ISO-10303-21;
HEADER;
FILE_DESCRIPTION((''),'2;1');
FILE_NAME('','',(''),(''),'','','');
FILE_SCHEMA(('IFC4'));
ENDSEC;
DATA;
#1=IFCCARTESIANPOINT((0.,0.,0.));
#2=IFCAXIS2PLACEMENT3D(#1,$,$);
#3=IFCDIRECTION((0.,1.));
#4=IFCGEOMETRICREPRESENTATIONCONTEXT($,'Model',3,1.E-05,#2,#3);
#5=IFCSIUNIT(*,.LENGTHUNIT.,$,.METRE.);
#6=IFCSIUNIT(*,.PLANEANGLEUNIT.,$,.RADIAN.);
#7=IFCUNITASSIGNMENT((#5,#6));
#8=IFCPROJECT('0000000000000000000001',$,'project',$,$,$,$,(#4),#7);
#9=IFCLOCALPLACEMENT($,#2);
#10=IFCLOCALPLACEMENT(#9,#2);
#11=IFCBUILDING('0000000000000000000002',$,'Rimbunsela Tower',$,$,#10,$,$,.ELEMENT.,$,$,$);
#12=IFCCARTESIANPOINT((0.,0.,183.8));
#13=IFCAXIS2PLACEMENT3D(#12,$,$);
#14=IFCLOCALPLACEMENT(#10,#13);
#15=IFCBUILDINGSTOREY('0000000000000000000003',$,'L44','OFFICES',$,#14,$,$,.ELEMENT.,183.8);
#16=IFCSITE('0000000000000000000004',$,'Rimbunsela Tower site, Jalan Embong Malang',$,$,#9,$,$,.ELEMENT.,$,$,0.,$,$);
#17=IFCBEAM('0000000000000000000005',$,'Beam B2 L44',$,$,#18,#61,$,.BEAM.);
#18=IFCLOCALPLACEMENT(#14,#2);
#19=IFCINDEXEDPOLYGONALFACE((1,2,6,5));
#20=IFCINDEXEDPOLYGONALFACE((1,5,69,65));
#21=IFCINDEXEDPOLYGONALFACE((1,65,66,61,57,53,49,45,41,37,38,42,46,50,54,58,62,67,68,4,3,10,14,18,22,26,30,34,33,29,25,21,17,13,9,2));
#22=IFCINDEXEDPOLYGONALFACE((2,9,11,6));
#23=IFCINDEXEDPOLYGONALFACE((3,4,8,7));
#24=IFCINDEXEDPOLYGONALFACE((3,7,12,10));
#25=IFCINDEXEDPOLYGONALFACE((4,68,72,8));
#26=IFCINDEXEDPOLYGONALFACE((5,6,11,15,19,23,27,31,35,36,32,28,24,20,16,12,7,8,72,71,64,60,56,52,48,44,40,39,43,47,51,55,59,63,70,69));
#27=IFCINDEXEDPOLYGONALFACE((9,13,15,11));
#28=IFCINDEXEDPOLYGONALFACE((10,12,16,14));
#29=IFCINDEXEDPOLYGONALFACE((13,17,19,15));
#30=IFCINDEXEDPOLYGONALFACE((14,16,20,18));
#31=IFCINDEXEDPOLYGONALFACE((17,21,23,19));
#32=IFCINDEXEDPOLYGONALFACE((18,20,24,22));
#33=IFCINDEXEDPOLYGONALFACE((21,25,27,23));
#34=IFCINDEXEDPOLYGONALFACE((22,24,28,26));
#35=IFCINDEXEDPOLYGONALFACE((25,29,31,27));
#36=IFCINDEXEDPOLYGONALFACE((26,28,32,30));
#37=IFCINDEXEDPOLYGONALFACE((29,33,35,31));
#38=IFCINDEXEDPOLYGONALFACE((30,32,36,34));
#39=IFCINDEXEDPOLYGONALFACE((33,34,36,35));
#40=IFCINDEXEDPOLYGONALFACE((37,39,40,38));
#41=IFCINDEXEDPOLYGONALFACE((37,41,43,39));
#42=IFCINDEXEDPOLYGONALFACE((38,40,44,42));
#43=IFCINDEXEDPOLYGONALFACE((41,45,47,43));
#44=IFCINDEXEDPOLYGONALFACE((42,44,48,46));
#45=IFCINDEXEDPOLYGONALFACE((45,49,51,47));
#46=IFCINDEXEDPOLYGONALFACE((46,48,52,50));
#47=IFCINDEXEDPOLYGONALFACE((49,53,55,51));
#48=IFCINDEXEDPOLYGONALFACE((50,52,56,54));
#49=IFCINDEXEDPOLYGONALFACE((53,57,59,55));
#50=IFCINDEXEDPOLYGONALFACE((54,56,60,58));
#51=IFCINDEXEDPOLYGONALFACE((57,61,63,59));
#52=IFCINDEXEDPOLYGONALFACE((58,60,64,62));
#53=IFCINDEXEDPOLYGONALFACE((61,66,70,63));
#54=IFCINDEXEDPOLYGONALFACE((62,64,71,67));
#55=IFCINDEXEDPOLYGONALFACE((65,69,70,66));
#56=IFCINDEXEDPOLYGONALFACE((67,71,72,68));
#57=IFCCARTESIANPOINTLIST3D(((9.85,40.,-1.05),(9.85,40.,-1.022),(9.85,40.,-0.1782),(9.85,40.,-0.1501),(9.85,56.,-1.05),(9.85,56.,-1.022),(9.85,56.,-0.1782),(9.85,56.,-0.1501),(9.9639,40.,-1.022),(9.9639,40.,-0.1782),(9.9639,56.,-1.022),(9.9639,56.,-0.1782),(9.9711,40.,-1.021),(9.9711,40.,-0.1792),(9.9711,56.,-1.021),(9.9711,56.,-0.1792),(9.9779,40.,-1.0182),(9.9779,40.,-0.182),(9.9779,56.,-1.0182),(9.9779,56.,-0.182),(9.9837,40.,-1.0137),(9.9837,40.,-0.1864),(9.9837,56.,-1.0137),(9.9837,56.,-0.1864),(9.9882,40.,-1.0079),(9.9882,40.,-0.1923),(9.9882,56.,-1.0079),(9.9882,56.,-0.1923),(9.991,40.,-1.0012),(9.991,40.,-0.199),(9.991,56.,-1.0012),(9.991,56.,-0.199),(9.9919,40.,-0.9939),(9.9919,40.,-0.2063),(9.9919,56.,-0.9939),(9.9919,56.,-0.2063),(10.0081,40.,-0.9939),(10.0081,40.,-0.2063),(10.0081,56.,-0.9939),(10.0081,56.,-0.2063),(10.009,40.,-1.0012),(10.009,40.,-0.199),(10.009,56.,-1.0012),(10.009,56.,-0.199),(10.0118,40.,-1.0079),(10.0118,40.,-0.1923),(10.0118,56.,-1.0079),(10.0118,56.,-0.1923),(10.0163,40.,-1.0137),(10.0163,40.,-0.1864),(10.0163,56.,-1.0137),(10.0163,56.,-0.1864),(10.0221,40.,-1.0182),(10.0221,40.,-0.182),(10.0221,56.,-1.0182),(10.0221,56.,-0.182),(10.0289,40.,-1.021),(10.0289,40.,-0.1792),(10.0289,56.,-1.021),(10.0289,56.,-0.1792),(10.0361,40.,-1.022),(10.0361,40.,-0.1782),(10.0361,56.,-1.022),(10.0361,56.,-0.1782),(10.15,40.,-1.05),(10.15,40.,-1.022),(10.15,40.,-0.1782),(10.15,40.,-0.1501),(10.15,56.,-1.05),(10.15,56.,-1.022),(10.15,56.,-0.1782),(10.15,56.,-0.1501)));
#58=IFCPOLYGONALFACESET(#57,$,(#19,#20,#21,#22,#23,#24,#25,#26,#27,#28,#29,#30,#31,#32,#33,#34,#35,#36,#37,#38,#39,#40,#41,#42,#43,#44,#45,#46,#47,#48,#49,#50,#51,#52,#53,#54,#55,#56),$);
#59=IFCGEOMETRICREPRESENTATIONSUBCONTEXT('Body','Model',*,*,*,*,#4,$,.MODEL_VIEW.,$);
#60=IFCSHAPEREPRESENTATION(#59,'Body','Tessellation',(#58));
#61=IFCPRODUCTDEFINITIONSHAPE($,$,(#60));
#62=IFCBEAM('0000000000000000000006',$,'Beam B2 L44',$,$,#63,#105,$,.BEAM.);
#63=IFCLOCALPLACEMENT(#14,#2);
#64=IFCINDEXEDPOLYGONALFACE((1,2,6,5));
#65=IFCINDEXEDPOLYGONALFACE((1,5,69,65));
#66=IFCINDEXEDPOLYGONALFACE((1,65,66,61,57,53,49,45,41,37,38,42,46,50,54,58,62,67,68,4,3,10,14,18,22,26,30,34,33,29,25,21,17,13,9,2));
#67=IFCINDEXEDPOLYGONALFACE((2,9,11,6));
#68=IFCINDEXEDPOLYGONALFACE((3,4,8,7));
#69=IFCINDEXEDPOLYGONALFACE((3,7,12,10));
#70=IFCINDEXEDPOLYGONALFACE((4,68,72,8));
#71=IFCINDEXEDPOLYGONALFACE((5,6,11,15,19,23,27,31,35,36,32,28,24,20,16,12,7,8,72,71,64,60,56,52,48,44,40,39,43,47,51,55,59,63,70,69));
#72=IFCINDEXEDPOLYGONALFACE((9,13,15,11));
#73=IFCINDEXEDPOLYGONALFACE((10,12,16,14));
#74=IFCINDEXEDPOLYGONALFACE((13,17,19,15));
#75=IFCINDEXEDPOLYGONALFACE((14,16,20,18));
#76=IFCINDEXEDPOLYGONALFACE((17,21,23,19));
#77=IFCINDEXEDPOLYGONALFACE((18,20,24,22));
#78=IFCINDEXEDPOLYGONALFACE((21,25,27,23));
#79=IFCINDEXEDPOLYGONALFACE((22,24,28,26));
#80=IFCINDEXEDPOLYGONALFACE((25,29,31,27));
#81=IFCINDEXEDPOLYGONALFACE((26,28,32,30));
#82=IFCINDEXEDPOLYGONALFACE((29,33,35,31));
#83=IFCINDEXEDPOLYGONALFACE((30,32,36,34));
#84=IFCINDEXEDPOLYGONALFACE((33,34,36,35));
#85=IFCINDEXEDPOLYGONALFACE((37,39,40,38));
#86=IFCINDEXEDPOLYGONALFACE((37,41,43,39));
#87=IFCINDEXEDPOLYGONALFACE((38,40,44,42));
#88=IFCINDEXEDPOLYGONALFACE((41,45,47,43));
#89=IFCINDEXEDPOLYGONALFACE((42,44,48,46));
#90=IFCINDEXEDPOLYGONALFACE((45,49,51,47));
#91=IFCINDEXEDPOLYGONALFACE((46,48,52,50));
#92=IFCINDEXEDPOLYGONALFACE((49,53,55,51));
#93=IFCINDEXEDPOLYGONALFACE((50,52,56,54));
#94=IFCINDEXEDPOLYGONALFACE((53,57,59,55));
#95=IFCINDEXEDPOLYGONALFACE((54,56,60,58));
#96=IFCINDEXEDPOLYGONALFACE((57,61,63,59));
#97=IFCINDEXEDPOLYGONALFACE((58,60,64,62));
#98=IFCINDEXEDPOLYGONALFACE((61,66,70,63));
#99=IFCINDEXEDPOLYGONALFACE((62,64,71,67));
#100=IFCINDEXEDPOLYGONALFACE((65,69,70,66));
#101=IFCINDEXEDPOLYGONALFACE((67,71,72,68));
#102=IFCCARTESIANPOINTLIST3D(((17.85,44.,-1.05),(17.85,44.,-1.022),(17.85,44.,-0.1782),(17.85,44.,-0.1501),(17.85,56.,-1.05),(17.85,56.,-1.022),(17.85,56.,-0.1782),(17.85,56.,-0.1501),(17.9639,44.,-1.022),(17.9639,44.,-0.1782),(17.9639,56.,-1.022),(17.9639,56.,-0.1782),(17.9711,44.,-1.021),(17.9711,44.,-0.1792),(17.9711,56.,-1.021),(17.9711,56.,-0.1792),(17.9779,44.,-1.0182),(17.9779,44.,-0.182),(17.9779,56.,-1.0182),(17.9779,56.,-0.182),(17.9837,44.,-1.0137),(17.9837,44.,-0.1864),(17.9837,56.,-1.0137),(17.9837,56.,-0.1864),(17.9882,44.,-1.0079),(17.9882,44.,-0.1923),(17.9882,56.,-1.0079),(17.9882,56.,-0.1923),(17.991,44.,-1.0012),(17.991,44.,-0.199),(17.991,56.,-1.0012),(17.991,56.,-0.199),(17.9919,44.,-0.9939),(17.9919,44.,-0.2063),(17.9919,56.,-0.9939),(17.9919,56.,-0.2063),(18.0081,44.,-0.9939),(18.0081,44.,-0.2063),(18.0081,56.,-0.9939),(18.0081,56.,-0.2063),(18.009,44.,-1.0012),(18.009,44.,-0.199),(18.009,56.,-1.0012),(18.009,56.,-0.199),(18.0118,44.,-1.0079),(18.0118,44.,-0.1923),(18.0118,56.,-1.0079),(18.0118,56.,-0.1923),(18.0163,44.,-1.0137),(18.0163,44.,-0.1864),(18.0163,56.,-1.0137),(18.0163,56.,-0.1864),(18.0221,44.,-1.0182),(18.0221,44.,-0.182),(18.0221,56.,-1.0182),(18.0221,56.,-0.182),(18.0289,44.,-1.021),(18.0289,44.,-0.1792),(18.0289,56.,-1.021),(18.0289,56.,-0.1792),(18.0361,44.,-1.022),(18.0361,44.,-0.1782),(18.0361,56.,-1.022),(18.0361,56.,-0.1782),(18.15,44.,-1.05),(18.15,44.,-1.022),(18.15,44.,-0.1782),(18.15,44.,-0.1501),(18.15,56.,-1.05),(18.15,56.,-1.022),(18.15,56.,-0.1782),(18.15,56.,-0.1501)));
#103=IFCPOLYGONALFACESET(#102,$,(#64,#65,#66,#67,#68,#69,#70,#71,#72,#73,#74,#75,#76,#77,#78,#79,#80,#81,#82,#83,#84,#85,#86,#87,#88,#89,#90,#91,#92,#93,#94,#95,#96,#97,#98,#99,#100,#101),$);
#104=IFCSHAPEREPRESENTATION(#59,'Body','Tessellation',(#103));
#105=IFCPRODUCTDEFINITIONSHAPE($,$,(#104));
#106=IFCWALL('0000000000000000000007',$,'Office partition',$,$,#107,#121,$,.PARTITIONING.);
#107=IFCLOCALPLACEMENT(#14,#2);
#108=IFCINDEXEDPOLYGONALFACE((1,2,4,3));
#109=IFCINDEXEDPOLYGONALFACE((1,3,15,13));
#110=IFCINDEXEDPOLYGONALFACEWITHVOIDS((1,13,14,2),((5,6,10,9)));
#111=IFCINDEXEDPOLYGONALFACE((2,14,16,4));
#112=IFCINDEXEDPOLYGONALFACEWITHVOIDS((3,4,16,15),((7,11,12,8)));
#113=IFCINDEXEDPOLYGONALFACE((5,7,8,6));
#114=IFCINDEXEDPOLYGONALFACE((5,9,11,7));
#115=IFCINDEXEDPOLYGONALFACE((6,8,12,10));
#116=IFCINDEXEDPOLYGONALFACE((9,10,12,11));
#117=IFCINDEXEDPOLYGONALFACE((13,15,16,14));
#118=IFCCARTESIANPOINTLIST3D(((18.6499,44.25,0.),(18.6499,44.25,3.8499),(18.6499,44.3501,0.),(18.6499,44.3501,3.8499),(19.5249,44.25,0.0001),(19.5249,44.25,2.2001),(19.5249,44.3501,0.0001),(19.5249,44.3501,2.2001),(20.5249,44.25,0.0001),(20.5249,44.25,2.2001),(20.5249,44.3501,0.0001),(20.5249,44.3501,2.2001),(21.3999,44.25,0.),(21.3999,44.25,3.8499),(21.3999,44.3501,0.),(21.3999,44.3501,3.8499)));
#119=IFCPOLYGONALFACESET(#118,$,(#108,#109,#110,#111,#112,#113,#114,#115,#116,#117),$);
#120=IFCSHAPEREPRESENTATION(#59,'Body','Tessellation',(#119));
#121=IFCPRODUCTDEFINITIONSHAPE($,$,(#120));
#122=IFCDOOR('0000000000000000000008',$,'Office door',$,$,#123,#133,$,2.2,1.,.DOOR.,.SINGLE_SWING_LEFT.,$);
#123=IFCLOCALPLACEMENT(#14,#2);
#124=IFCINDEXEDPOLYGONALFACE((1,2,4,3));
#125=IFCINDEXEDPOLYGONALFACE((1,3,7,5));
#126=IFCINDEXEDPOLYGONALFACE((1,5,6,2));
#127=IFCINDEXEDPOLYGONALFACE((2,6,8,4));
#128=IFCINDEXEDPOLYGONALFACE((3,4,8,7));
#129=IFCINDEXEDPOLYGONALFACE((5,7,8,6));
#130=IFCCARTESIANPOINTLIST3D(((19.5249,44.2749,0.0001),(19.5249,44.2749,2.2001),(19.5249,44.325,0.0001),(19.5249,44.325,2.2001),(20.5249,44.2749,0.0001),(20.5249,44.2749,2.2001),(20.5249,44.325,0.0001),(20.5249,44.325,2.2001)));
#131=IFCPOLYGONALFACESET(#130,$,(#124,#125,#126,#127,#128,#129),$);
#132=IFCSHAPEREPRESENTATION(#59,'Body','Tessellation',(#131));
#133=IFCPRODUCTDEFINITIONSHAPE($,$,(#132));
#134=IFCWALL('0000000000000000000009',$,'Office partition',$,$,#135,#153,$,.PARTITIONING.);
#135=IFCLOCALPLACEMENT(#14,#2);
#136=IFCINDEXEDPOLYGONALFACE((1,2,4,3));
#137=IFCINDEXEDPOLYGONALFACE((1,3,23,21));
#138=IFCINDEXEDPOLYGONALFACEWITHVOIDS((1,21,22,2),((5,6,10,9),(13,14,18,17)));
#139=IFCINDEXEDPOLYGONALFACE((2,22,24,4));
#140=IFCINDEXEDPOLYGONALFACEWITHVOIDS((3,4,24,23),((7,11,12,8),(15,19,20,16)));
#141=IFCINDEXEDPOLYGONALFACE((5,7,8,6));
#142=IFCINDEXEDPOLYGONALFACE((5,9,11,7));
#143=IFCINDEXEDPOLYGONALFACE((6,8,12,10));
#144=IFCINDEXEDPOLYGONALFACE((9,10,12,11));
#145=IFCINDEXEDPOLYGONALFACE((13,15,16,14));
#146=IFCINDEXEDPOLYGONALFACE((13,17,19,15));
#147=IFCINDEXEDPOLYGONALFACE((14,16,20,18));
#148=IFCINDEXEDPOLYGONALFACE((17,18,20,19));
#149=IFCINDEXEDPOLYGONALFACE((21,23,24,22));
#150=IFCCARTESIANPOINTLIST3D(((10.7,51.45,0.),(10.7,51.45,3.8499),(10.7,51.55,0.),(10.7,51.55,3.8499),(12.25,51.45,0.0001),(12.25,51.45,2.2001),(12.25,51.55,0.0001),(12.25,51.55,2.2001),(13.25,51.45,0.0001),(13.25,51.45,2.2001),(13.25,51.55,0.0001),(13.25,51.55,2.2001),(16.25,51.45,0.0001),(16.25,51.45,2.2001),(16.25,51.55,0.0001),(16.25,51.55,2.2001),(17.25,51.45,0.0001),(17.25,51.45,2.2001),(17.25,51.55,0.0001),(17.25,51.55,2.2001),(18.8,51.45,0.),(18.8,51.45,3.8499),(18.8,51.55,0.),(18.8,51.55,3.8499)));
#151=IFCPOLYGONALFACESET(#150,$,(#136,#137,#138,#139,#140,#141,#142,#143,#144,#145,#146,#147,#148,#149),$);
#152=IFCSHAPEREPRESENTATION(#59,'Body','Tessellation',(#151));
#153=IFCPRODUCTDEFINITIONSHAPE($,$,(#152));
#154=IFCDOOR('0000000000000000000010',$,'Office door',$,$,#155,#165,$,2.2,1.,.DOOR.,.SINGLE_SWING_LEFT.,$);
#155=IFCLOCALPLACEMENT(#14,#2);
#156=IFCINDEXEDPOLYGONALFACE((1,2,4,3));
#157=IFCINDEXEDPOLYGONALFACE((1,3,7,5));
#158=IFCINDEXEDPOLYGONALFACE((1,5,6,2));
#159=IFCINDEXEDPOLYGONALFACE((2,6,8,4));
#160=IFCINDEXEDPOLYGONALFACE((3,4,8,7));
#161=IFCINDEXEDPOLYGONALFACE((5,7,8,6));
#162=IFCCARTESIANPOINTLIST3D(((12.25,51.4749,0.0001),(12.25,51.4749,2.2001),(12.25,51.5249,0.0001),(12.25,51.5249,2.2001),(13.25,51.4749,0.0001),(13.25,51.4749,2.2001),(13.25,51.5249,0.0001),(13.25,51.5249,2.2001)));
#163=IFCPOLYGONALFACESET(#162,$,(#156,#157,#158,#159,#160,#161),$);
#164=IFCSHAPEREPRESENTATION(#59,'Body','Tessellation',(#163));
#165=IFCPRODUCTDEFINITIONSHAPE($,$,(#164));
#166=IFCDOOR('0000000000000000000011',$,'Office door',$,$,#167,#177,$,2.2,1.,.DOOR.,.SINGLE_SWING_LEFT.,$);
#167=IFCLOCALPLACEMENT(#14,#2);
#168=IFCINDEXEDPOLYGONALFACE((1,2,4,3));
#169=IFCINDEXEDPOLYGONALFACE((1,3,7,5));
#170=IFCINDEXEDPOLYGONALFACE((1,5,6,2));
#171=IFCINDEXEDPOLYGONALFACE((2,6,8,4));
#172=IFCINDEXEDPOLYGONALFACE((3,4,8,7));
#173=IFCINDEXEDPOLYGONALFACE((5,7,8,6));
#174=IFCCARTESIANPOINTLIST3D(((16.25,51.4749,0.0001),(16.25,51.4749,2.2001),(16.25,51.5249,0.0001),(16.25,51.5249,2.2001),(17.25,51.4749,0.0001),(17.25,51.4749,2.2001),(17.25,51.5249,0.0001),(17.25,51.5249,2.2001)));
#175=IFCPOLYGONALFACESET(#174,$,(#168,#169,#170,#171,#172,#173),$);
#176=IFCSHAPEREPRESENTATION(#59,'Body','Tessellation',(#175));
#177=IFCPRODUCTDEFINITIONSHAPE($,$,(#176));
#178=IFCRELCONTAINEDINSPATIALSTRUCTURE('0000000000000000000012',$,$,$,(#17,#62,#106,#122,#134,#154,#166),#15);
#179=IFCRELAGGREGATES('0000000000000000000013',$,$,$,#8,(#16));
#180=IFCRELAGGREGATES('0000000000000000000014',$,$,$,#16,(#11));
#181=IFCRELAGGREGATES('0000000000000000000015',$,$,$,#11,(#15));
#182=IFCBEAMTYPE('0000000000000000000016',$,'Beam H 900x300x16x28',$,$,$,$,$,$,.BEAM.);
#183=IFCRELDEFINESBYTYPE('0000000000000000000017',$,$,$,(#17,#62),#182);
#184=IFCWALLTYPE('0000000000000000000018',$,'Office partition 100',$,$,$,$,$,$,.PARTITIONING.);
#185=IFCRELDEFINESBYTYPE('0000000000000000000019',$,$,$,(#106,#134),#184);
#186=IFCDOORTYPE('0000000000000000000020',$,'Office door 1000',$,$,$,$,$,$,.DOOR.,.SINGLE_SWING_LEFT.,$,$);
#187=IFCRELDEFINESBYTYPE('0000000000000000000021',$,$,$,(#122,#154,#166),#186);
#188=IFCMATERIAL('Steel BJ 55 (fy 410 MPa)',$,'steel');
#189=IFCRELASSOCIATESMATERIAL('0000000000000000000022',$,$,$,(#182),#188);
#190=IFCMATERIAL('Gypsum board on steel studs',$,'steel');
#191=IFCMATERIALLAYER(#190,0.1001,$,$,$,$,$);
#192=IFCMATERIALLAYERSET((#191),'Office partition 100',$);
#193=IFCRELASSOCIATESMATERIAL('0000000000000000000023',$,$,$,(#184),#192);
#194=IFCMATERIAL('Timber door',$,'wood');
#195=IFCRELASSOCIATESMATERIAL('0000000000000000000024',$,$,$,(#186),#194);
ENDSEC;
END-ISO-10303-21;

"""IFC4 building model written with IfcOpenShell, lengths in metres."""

from ifc_helpers import new_model, si_unit, direction, frame, frame_2d, origin, origin_2d, place, context, subcontext, project, spatial, rectangle, i_section, extrude, material, layer, layer_set, material_profile, profile_set, type_object, element, fill, save


model = new_model("IFC4")

# Units and contexts
model_context = context("Model", 3, precision=1e-05, world=origin(), true_north=direction((0.0, 1.0)))
body_context = subcontext(model_context, "Body", "Model", "MODEL_VIEW")
ifc_project = project(units=[si_unit("LENGTHUNIT", "METRE"), si_unit("PLANEANGLEUNIT", "RADIAN")], contexts=[model_context])

# Site, building, storey
site_placement = place(None, origin())
site = spatial("IfcSite", under=ifc_project, at=site_placement, Name="Rimbunsela Tower site, Jalan Embong Malang", CompositionType="ELEMENT", RefElevation=0.0)
building_placement = place(site_placement, origin())
building = spatial("IfcBuilding", under=site, at=building_placement, Name="Rimbunsela Tower", CompositionType="ELEMENT")
storey_placement = place(building_placement, frame((0.0, 0.0, 183.8)))
storey = spatial("IfcBuildingStorey", under=building, at=storey_placement, Name="L44", Description="OFFICES", CompositionType="ELEMENT", Elevation=183.8)

# Beams
ifc_material_1 = material(Name="Steel BJ 55 (fy 410 MPa)", Category="steel")
ifc_material_profile_1 = material_profile(ifc_material_1, i_section(OverallWidth=0.3, OverallDepth=0.8999, WebThickness=0.0161, FlangeThickness=0.0281, FilletRadius=0.0281, at=origin_2d()), Name="H 900x300x16x28")
ifc_profile_set_1 = profile_set([ifc_material_profile_1], Name="Steel BJ 55 (fy 410 MPa)")
beam_type_1 = type_object("IfcBeamType", Name="Beam H 900x300x16x28", PredefinedType="BEAM", material=ifc_profile_set_1)
beam_1_placement = place(storey_placement, frame((10.0, 40.0, -0.6001), z_axis=(0.0, 1.0, 0.0), x_axis=(-1.0, 0.0, 0.0)))
element("IfcBeam", 1, at=beam_1_placement, inside=storey, type_object=beam_type_1, Name="Beam B2 L44", PredefinedType="BEAM", context=body_context, shape_type="SweptSolid", body=[
    extrude(i_section(OverallWidth=0.3, OverallDepth=0.8999, WebThickness=0.0161, FlangeThickness=0.0281, FilletRadius=0.0281, at=origin_2d()), origin(), (0.0, 0.0, 1.0), 16.0),
])
beam_2_placement = place(storey_placement, frame((18.0, 44.0, -0.6001), z_axis=(0.0, 1.0, 0.0), x_axis=(-1.0, 0.0, 0.0)))
element("IfcBeam", 2, at=beam_2_placement, inside=storey, type_object=beam_type_1, Name="Beam B2 L44", PredefinedType="BEAM", context=body_context, shape_type="SweptSolid", body=[
    extrude(i_section(OverallWidth=0.3, OverallDepth=0.8999, WebThickness=0.0161, FlangeThickness=0.0281, FilletRadius=0.0281, at=origin_2d()), origin(), (0.0, 0.0, 1.0), 12.0),
])

# Wall, opening, door
ifc_material_2 = material(Name="Gypsum board on steel studs", Category="steel")
ifc_layer_1 = layer(ifc_material_2, 0.1001)
ifc_layer_set_1 = layer_set([ifc_layer_1], Name="Office partition 100")
wall_type_1 = type_object("IfcWallType", Name="Office partition 100", PredefinedType="PARTITIONING", material=ifc_layer_set_1)
wall_1_placement = place(storey_placement, frame((18.6499, 44.3, 0.0), z_axis=(0.0, 0.0, 1.0), x_axis=(1.0, 0.0, 0.0)))
wall_1 = element("IfcWall", 3, at=wall_1_placement, inside=storey, type_object=wall_type_1, Name="Office partition", PredefinedType="PARTITIONING", context=body_context, shape_type="SweptSolid", body=[
    extrude(rectangle(XDim=2.75, YDim=0.1001, at=frame_2d((1.375, 0.0))), origin(), (0.0, 0.0, 1.0), 3.8499),
])
opening_1_placement = place(wall_1_placement, frame((0.875, 0.0, 0.0)))
opening_1 = element("IfcOpeningElement", 4, at=opening_1_placement, cuts=wall_1, PredefinedType="OPENING", context=body_context, shape_type="SweptSolid", body=[
    extrude(rectangle(XDim=1.0, YDim=2.2, at=frame_2d((0.5, 1.1001))), frame((0.0, 0.0601, 0.0), z_axis=(0.0, -1.0, 0.0), x_axis=(1.0, 0.0, 0.0)), (0.0, 0.0, 1.0), 0.1201),
])
ifc_material_3 = material(Name="Timber door", Category="wood")
door_type = type_object("IfcDoorType", Name="Office door 1000", OperationType="SINGLE_SWING_LEFT", PredefinedType="DOOR", material=ifc_material_3)
door_1_placement = place(opening_1_placement, origin())
door_1 = element("IfcDoor", 5, at=door_1_placement, inside=storey, type_object=door_type, Name="Office door", OperationType="SINGLE_SWING_LEFT", OverallHeight=2.2, OverallWidth=1.0, PredefinedType="DOOR", context=body_context, shape_type="SweptSolid", body=[
    extrude(rectangle(XDim=1.0, YDim=2.2, at=frame_2d((0.5, 1.1001))), frame((0.0, 0.0249, 0.0), z_axis=(0.0, -1.0, 0.0), x_axis=(1.0, 0.0, 0.0)), (0.0, 0.0, 1.0), 0.05),
])
fill(opening_1, door_1)

# Wall, openings, doors
wall_2_placement = place(storey_placement, frame((10.7, 51.5, 0.0), z_axis=(0.0, 0.0, 1.0), x_axis=(1.0, 0.0, 0.0)))
wall_2 = element("IfcWall", 6, at=wall_2_placement, inside=storey, type_object=wall_type_1, Name="Office partition", PredefinedType="PARTITIONING", context=body_context, shape_type="SweptSolid", body=[
    extrude(rectangle(XDim=8.1001, YDim=0.1001, at=frame_2d((4.05, 0.0))), origin(), (0.0, 0.0, 1.0), 3.8499),
])
opening_2_placement = place(wall_2_placement, frame((1.55, 0.0, 0.0)))
opening_2 = element("IfcOpeningElement", 7, at=opening_2_placement, cuts=wall_2, PredefinedType="OPENING", context=body_context, shape_type="SweptSolid", body=[
    extrude(rectangle(XDim=1.0, YDim=2.2, at=frame_2d((0.5, 1.1001))), frame((0.0, 0.0601, 0.0), z_axis=(0.0, -1.0, 0.0), x_axis=(1.0, 0.0, 0.0)), (0.0, 0.0, 1.0), 0.1201),
])
opening_3_placement = place(wall_2_placement, frame((5.55, 0.0, 0.0)))
opening_3 = element("IfcOpeningElement", 8, at=opening_3_placement, cuts=wall_2, PredefinedType="OPENING", context=body_context, shape_type="SweptSolid", body=[
    extrude(rectangle(XDim=1.0, YDim=2.2, at=frame_2d((0.5, 1.1001))), frame((0.0, 0.0601, 0.0), z_axis=(0.0, -1.0, 0.0), x_axis=(1.0, 0.0, 0.0)), (0.0, 0.0, 1.0), 0.1201),
])
door_2_placement = place(opening_2_placement, origin())
door_2 = element("IfcDoor", 9, at=door_2_placement, inside=storey, type_object=door_type, Name="Office door", OperationType="SINGLE_SWING_LEFT", OverallHeight=2.2, OverallWidth=1.0, PredefinedType="DOOR", context=body_context, shape_type="SweptSolid", body=[
    extrude(rectangle(XDim=1.0, YDim=2.2, at=frame_2d((0.5, 1.1001))), frame((0.0, 0.0249, 0.0), z_axis=(0.0, -1.0, 0.0), x_axis=(1.0, 0.0, 0.0)), (0.0, 0.0, 1.0), 0.05),
])
fill(opening_2, door_2)
door_3_placement = place(opening_3_placement, origin())
door_3 = element("IfcDoor", 10, at=door_3_placement, inside=storey, type_object=door_type, Name="Office door", OperationType="SINGLE_SWING_LEFT", OverallHeight=2.2, OverallWidth=1.0, PredefinedType="DOOR", context=body_context, shape_type="SweptSolid", body=[
    extrude(rectangle(XDim=1.0, YDim=2.2, at=frame_2d((0.5, 1.1001))), frame((0.0, 0.0249, 0.0), z_axis=(0.0, -1.0, 0.0), x_axis=(1.0, 0.0, 0.0)), (0.0, 0.0, 1.0), 0.05),
])
fill(opening_3, door_3)

save(model, "model.ifc")
